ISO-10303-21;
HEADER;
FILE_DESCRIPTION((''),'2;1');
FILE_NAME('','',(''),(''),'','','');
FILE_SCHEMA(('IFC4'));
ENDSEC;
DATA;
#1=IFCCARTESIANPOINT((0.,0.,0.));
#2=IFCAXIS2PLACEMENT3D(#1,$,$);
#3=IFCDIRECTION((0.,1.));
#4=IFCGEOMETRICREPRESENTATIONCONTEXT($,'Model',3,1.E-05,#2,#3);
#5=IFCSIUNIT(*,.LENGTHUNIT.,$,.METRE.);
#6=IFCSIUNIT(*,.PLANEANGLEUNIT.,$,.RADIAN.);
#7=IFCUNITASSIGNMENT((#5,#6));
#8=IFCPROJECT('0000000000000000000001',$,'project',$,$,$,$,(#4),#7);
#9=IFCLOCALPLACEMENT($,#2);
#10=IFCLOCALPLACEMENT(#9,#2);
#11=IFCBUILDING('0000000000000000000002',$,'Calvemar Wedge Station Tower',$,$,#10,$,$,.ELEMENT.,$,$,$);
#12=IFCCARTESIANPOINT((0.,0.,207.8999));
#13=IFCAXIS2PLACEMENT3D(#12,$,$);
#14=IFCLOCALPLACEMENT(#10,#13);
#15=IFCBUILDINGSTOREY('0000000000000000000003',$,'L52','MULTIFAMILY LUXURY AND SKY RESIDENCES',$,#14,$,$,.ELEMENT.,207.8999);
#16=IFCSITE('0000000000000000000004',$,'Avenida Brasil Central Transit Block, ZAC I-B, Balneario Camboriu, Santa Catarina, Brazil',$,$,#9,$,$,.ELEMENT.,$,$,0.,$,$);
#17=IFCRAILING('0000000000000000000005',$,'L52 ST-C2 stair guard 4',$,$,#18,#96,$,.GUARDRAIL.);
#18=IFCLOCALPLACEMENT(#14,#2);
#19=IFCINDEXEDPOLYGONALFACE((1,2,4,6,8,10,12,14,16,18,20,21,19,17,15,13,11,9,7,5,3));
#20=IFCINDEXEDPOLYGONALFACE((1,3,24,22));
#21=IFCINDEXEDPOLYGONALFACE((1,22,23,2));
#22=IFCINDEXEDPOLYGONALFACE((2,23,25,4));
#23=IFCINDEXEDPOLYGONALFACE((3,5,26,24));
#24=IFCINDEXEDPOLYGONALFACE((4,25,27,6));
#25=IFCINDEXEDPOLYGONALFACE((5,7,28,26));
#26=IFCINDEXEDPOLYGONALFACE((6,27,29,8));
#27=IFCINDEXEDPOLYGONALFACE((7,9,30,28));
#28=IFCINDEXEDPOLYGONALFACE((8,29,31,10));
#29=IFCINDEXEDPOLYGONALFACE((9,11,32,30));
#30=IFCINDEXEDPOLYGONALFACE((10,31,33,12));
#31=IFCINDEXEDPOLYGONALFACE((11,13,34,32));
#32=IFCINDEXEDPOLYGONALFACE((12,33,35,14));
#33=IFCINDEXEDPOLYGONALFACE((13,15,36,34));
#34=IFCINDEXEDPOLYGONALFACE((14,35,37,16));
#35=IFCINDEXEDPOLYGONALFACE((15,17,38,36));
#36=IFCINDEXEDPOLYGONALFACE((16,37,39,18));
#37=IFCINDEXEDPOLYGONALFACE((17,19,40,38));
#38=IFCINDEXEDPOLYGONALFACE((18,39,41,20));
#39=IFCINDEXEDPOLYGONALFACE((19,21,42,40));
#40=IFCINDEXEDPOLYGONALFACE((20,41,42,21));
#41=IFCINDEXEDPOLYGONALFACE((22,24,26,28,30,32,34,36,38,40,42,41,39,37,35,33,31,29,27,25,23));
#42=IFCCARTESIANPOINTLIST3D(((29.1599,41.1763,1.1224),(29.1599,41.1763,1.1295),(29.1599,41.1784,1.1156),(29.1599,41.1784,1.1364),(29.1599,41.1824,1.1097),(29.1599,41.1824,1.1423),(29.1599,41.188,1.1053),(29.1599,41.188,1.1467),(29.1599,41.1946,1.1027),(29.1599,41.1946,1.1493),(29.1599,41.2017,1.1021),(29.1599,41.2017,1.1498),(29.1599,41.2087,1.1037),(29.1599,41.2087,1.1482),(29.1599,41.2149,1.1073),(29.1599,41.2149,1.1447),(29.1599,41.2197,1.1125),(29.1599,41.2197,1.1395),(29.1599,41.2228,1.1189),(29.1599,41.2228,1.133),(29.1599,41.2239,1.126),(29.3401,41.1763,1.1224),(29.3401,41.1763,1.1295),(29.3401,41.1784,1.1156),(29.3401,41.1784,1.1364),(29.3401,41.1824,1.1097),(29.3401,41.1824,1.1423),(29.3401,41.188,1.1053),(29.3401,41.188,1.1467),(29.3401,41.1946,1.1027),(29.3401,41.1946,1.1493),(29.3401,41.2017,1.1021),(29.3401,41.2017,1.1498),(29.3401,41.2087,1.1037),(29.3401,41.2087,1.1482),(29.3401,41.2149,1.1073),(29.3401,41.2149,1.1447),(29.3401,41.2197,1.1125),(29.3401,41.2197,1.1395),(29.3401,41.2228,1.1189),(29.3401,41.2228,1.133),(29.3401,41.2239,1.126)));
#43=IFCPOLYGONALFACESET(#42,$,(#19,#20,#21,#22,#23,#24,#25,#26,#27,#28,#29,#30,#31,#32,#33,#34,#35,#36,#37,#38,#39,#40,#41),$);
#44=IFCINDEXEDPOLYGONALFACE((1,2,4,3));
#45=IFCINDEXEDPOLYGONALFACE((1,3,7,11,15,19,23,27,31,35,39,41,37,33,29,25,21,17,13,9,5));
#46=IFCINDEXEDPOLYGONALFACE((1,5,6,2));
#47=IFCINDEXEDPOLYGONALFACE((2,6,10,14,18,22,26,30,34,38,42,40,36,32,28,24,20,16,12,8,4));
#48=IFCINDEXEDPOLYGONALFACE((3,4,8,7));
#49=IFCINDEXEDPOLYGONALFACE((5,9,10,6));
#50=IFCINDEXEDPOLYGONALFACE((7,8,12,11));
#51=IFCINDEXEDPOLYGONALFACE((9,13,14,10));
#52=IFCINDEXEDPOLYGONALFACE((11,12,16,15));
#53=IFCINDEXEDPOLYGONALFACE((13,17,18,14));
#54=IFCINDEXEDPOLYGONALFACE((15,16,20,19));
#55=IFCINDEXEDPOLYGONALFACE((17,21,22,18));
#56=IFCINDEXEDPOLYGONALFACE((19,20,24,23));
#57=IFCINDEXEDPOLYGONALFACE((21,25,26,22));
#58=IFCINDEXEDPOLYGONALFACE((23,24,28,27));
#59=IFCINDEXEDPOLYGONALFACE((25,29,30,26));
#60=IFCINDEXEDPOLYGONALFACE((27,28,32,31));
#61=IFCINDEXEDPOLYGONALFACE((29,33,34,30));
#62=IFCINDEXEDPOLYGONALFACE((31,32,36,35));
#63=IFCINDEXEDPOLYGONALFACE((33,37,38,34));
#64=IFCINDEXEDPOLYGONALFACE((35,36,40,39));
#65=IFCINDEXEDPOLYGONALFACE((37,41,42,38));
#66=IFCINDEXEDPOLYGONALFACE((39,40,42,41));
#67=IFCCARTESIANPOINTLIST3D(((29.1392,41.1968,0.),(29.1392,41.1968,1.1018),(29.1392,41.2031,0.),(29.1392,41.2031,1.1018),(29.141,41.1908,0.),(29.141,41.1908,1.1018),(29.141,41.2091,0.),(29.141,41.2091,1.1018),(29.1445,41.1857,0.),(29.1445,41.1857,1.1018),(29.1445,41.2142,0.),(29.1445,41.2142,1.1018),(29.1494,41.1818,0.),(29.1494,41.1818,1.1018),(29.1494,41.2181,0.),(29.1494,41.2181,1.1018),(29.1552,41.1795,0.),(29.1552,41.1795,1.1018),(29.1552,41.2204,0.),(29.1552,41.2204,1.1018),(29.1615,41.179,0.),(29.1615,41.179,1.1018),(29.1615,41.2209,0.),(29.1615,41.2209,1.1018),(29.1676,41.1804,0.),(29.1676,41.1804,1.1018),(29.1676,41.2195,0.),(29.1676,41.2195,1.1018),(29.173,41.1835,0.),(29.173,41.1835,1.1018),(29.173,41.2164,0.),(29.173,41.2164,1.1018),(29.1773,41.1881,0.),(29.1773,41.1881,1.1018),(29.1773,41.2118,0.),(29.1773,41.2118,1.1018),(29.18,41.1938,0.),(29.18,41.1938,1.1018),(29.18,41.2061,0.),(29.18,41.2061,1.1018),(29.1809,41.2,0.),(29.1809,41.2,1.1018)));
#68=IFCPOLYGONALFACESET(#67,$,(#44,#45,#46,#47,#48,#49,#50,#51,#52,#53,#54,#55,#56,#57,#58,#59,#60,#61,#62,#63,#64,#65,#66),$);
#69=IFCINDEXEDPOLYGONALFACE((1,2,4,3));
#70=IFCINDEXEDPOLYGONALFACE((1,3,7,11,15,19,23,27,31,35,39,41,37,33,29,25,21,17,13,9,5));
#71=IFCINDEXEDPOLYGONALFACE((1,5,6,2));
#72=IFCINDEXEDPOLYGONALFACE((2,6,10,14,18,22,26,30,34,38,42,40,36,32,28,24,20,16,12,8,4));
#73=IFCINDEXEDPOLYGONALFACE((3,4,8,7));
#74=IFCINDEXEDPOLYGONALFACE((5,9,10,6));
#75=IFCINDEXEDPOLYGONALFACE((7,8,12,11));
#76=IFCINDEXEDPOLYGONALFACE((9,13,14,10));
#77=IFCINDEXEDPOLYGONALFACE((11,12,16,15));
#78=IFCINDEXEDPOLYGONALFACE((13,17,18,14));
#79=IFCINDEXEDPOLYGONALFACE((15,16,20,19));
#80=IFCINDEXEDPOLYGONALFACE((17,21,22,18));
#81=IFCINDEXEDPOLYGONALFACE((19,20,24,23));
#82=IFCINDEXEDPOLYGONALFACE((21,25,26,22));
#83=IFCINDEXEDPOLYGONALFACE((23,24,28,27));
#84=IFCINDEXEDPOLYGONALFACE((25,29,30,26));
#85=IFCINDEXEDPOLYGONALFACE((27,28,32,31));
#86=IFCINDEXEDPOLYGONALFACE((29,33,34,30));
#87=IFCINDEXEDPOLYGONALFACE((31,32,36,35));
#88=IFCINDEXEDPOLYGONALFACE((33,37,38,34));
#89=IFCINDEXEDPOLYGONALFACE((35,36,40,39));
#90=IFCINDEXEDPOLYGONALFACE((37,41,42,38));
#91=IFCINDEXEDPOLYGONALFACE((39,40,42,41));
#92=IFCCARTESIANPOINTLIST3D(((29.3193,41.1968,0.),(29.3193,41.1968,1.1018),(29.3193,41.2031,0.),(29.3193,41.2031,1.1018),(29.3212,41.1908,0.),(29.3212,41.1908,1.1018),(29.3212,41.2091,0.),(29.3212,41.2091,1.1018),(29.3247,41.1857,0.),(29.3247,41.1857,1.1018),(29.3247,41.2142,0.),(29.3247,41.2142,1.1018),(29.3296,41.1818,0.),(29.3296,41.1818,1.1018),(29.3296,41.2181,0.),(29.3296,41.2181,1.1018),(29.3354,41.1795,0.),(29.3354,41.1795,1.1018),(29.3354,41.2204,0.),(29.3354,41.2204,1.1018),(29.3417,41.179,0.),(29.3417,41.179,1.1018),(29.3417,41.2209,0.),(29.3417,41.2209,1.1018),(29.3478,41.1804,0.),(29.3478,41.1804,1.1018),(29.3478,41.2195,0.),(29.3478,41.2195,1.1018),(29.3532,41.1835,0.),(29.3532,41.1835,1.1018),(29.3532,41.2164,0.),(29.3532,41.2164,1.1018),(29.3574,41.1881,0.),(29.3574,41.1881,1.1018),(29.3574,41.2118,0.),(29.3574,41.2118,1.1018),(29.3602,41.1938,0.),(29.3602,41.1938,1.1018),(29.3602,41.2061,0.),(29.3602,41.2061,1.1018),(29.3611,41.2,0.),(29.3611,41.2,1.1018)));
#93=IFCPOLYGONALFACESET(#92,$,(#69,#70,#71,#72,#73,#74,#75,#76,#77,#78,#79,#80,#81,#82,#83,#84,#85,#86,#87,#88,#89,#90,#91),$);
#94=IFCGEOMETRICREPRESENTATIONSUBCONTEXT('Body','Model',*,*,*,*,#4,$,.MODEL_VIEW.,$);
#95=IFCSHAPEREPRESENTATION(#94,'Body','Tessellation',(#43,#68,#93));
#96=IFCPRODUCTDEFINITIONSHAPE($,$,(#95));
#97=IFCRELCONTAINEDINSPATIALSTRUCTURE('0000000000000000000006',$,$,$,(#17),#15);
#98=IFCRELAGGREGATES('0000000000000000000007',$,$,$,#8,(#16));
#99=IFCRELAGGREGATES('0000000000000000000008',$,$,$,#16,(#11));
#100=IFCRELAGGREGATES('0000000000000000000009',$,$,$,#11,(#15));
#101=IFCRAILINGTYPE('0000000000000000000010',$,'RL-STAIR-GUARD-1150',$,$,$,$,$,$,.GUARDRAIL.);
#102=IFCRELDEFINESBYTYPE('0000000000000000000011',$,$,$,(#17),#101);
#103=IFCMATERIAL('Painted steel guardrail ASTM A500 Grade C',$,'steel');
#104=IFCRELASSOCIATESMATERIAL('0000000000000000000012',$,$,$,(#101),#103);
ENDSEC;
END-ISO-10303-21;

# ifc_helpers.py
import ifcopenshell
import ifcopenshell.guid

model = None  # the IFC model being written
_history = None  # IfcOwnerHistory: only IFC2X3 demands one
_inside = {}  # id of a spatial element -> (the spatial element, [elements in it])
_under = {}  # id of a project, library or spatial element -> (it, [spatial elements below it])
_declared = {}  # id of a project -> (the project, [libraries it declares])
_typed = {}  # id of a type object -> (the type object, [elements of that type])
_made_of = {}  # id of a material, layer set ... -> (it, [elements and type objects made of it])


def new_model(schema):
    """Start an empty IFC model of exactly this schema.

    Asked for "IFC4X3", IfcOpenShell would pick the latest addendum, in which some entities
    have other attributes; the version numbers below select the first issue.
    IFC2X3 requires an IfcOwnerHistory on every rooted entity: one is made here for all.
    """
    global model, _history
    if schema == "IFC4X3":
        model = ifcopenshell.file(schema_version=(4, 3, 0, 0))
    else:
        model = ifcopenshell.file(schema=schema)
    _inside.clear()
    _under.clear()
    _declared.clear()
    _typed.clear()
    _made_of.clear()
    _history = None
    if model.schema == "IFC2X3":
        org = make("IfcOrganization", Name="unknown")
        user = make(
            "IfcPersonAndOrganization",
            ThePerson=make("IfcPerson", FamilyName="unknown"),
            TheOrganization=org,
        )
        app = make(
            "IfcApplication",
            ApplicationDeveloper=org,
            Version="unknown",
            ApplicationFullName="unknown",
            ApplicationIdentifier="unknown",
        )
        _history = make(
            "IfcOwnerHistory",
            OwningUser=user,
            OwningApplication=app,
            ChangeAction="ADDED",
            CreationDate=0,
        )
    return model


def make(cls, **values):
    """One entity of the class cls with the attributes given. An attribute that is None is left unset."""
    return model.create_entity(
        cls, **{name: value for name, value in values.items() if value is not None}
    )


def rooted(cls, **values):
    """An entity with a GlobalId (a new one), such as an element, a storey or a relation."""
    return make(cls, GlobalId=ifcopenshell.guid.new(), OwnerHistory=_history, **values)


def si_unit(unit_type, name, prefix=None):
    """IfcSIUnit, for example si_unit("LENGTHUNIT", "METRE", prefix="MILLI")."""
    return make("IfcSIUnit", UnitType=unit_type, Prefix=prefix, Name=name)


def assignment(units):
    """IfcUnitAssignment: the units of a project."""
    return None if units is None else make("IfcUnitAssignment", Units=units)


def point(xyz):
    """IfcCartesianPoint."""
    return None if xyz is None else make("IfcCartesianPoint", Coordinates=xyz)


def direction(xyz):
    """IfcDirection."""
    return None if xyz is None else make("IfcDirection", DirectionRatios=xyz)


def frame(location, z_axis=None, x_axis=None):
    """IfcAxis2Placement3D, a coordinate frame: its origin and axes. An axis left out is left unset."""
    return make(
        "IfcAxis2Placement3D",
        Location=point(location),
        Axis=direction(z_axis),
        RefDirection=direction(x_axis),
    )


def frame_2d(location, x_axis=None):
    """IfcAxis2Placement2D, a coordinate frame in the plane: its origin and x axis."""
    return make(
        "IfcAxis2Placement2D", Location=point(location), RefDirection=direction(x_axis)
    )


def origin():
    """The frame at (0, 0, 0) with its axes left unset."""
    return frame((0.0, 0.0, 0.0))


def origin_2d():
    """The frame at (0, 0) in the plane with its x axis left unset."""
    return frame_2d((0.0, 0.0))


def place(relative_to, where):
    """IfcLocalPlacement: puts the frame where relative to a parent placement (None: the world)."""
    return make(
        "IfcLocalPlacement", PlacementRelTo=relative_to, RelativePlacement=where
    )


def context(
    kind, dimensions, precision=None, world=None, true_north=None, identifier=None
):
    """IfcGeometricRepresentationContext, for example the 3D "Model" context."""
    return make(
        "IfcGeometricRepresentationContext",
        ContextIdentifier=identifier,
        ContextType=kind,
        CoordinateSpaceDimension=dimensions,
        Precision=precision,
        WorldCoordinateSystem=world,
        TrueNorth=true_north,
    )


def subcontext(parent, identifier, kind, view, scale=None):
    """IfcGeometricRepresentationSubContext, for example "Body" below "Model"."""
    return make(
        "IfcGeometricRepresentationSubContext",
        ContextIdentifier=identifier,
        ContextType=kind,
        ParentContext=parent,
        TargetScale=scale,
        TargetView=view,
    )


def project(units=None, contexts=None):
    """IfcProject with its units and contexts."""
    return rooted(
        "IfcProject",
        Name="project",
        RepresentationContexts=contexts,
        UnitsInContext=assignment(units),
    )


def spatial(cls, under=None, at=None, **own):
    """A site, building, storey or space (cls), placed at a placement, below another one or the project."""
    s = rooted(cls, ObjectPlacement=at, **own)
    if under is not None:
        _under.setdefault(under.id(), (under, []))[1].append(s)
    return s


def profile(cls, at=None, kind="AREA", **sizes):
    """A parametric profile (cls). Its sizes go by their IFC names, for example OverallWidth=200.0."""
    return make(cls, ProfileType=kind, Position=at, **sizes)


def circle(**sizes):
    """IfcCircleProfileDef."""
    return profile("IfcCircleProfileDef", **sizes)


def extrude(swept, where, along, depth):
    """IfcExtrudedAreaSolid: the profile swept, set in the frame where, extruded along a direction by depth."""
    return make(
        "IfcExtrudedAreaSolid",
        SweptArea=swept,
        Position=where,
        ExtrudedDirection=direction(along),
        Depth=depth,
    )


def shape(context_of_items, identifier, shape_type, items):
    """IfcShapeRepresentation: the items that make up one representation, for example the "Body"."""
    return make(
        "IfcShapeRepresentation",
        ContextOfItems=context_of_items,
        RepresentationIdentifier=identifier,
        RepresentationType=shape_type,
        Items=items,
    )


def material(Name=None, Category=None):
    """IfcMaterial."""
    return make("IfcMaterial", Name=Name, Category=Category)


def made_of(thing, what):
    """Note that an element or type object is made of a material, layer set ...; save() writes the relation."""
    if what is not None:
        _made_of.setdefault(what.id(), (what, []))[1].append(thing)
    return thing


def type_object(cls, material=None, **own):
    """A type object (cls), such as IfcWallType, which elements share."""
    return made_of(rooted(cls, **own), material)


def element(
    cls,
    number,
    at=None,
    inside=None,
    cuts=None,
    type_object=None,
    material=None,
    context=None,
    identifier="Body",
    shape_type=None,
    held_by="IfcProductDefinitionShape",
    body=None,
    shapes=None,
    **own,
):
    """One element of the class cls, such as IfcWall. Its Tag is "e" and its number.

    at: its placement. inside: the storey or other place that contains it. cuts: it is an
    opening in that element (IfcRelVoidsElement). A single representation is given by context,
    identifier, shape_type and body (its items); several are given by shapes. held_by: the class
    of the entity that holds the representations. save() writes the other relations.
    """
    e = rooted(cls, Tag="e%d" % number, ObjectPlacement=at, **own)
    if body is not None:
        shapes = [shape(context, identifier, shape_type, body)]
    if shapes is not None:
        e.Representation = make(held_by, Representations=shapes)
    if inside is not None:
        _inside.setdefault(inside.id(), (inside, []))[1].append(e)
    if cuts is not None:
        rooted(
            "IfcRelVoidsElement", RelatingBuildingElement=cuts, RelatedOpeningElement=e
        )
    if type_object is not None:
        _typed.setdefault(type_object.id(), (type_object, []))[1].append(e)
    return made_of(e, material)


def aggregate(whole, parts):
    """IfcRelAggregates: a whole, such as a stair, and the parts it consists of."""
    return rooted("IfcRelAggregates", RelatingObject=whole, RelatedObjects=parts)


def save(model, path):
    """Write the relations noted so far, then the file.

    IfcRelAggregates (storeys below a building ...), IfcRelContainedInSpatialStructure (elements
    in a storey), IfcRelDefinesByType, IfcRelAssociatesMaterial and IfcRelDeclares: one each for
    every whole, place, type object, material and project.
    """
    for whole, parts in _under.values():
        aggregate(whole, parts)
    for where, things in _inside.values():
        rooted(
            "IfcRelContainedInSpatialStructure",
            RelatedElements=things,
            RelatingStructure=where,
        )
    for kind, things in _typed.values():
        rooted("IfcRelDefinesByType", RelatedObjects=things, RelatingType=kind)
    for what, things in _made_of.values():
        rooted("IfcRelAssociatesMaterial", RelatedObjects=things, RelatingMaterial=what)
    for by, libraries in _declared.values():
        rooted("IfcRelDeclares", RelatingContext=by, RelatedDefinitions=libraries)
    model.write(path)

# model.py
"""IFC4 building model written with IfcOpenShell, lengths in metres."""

from ifc_helpers import new_model, si_unit, direction, frame, origin, origin_2d, place, context, subcontext, project, spatial, circle, extrude, material, type_object, element, save


model = new_model("IFC4")

# Units and contexts
model_context = context("Model", 3, precision=1e-05, world=origin(), true_north=direction((0.0, 1.0)))
body_context = subcontext(model_context, "Body", "Model", "MODEL_VIEW")
ifc_project = project(units=[si_unit("LENGTHUNIT", "METRE"), si_unit("PLANEANGLEUNIT", "RADIAN")], contexts=[model_context])

# Site, building, storey
site_placement = place(None, origin())
site = spatial("IfcSite", under=ifc_project, at=site_placement, Name="Avenida Brasil Central Transit Block, ZAC I-B, Balneario Camboriu, Santa Catarina, Brazil", CompositionType="ELEMENT", RefElevation=0.0)
building_placement = place(site_placement, origin())
building = spatial("IfcBuilding", under=site, at=building_placement, Name="Calvemar Wedge Station Tower", CompositionType="ELEMENT")
storey_placement = place(building_placement, frame((0.0, 0.0, 207.8999)))
storey = spatial("IfcBuildingStorey", under=building, at=storey_placement, Name="L52", Description="MULTIFAMILY LUXURY AND SKY RESIDENCES", CompositionType="ELEMENT", Elevation=207.8999)

# Railing
ifc_material_1 = material(Name="Painted steel guardrail ASTM A500 Grade C", Category="steel")
railing_type_1 = type_object("IfcRailingType", Name="RL-STAIR-GUARD-1150", PredefinedType="GUARDRAIL", material=ifc_material_1)
railing_1_placement = place(storey_placement, frame((29.1599, 41.2, 0.0)))
element("IfcRailing", 1, at=railing_1_placement, inside=storey, type_object=railing_type_1, Name="L52 ST-C2 stair guard 4", PredefinedType="GUARDRAIL", context=body_context, shape_type="SweptSolid", body=[
    extrude(circle(Radius=0.0239, at=origin_2d()), frame((0.0, 0.0, 1.126), z_axis=(1.0, 0.0, 0.0), x_axis=(0.0, 1.0, 0.0)), (0.0, 0.0, 1.0), 0.1802),
    extrude(circle(Radius=0.021, at=origin_2d()), origin(), (0.0, 0.0, 1.0), 1.1018),
    extrude(circle(Radius=0.021, at=origin_2d()), frame((0.1802, 0.0, 0.0)), (0.0, 0.0, 1.0), 1.1018),
])

save(model, "model.ifc")
